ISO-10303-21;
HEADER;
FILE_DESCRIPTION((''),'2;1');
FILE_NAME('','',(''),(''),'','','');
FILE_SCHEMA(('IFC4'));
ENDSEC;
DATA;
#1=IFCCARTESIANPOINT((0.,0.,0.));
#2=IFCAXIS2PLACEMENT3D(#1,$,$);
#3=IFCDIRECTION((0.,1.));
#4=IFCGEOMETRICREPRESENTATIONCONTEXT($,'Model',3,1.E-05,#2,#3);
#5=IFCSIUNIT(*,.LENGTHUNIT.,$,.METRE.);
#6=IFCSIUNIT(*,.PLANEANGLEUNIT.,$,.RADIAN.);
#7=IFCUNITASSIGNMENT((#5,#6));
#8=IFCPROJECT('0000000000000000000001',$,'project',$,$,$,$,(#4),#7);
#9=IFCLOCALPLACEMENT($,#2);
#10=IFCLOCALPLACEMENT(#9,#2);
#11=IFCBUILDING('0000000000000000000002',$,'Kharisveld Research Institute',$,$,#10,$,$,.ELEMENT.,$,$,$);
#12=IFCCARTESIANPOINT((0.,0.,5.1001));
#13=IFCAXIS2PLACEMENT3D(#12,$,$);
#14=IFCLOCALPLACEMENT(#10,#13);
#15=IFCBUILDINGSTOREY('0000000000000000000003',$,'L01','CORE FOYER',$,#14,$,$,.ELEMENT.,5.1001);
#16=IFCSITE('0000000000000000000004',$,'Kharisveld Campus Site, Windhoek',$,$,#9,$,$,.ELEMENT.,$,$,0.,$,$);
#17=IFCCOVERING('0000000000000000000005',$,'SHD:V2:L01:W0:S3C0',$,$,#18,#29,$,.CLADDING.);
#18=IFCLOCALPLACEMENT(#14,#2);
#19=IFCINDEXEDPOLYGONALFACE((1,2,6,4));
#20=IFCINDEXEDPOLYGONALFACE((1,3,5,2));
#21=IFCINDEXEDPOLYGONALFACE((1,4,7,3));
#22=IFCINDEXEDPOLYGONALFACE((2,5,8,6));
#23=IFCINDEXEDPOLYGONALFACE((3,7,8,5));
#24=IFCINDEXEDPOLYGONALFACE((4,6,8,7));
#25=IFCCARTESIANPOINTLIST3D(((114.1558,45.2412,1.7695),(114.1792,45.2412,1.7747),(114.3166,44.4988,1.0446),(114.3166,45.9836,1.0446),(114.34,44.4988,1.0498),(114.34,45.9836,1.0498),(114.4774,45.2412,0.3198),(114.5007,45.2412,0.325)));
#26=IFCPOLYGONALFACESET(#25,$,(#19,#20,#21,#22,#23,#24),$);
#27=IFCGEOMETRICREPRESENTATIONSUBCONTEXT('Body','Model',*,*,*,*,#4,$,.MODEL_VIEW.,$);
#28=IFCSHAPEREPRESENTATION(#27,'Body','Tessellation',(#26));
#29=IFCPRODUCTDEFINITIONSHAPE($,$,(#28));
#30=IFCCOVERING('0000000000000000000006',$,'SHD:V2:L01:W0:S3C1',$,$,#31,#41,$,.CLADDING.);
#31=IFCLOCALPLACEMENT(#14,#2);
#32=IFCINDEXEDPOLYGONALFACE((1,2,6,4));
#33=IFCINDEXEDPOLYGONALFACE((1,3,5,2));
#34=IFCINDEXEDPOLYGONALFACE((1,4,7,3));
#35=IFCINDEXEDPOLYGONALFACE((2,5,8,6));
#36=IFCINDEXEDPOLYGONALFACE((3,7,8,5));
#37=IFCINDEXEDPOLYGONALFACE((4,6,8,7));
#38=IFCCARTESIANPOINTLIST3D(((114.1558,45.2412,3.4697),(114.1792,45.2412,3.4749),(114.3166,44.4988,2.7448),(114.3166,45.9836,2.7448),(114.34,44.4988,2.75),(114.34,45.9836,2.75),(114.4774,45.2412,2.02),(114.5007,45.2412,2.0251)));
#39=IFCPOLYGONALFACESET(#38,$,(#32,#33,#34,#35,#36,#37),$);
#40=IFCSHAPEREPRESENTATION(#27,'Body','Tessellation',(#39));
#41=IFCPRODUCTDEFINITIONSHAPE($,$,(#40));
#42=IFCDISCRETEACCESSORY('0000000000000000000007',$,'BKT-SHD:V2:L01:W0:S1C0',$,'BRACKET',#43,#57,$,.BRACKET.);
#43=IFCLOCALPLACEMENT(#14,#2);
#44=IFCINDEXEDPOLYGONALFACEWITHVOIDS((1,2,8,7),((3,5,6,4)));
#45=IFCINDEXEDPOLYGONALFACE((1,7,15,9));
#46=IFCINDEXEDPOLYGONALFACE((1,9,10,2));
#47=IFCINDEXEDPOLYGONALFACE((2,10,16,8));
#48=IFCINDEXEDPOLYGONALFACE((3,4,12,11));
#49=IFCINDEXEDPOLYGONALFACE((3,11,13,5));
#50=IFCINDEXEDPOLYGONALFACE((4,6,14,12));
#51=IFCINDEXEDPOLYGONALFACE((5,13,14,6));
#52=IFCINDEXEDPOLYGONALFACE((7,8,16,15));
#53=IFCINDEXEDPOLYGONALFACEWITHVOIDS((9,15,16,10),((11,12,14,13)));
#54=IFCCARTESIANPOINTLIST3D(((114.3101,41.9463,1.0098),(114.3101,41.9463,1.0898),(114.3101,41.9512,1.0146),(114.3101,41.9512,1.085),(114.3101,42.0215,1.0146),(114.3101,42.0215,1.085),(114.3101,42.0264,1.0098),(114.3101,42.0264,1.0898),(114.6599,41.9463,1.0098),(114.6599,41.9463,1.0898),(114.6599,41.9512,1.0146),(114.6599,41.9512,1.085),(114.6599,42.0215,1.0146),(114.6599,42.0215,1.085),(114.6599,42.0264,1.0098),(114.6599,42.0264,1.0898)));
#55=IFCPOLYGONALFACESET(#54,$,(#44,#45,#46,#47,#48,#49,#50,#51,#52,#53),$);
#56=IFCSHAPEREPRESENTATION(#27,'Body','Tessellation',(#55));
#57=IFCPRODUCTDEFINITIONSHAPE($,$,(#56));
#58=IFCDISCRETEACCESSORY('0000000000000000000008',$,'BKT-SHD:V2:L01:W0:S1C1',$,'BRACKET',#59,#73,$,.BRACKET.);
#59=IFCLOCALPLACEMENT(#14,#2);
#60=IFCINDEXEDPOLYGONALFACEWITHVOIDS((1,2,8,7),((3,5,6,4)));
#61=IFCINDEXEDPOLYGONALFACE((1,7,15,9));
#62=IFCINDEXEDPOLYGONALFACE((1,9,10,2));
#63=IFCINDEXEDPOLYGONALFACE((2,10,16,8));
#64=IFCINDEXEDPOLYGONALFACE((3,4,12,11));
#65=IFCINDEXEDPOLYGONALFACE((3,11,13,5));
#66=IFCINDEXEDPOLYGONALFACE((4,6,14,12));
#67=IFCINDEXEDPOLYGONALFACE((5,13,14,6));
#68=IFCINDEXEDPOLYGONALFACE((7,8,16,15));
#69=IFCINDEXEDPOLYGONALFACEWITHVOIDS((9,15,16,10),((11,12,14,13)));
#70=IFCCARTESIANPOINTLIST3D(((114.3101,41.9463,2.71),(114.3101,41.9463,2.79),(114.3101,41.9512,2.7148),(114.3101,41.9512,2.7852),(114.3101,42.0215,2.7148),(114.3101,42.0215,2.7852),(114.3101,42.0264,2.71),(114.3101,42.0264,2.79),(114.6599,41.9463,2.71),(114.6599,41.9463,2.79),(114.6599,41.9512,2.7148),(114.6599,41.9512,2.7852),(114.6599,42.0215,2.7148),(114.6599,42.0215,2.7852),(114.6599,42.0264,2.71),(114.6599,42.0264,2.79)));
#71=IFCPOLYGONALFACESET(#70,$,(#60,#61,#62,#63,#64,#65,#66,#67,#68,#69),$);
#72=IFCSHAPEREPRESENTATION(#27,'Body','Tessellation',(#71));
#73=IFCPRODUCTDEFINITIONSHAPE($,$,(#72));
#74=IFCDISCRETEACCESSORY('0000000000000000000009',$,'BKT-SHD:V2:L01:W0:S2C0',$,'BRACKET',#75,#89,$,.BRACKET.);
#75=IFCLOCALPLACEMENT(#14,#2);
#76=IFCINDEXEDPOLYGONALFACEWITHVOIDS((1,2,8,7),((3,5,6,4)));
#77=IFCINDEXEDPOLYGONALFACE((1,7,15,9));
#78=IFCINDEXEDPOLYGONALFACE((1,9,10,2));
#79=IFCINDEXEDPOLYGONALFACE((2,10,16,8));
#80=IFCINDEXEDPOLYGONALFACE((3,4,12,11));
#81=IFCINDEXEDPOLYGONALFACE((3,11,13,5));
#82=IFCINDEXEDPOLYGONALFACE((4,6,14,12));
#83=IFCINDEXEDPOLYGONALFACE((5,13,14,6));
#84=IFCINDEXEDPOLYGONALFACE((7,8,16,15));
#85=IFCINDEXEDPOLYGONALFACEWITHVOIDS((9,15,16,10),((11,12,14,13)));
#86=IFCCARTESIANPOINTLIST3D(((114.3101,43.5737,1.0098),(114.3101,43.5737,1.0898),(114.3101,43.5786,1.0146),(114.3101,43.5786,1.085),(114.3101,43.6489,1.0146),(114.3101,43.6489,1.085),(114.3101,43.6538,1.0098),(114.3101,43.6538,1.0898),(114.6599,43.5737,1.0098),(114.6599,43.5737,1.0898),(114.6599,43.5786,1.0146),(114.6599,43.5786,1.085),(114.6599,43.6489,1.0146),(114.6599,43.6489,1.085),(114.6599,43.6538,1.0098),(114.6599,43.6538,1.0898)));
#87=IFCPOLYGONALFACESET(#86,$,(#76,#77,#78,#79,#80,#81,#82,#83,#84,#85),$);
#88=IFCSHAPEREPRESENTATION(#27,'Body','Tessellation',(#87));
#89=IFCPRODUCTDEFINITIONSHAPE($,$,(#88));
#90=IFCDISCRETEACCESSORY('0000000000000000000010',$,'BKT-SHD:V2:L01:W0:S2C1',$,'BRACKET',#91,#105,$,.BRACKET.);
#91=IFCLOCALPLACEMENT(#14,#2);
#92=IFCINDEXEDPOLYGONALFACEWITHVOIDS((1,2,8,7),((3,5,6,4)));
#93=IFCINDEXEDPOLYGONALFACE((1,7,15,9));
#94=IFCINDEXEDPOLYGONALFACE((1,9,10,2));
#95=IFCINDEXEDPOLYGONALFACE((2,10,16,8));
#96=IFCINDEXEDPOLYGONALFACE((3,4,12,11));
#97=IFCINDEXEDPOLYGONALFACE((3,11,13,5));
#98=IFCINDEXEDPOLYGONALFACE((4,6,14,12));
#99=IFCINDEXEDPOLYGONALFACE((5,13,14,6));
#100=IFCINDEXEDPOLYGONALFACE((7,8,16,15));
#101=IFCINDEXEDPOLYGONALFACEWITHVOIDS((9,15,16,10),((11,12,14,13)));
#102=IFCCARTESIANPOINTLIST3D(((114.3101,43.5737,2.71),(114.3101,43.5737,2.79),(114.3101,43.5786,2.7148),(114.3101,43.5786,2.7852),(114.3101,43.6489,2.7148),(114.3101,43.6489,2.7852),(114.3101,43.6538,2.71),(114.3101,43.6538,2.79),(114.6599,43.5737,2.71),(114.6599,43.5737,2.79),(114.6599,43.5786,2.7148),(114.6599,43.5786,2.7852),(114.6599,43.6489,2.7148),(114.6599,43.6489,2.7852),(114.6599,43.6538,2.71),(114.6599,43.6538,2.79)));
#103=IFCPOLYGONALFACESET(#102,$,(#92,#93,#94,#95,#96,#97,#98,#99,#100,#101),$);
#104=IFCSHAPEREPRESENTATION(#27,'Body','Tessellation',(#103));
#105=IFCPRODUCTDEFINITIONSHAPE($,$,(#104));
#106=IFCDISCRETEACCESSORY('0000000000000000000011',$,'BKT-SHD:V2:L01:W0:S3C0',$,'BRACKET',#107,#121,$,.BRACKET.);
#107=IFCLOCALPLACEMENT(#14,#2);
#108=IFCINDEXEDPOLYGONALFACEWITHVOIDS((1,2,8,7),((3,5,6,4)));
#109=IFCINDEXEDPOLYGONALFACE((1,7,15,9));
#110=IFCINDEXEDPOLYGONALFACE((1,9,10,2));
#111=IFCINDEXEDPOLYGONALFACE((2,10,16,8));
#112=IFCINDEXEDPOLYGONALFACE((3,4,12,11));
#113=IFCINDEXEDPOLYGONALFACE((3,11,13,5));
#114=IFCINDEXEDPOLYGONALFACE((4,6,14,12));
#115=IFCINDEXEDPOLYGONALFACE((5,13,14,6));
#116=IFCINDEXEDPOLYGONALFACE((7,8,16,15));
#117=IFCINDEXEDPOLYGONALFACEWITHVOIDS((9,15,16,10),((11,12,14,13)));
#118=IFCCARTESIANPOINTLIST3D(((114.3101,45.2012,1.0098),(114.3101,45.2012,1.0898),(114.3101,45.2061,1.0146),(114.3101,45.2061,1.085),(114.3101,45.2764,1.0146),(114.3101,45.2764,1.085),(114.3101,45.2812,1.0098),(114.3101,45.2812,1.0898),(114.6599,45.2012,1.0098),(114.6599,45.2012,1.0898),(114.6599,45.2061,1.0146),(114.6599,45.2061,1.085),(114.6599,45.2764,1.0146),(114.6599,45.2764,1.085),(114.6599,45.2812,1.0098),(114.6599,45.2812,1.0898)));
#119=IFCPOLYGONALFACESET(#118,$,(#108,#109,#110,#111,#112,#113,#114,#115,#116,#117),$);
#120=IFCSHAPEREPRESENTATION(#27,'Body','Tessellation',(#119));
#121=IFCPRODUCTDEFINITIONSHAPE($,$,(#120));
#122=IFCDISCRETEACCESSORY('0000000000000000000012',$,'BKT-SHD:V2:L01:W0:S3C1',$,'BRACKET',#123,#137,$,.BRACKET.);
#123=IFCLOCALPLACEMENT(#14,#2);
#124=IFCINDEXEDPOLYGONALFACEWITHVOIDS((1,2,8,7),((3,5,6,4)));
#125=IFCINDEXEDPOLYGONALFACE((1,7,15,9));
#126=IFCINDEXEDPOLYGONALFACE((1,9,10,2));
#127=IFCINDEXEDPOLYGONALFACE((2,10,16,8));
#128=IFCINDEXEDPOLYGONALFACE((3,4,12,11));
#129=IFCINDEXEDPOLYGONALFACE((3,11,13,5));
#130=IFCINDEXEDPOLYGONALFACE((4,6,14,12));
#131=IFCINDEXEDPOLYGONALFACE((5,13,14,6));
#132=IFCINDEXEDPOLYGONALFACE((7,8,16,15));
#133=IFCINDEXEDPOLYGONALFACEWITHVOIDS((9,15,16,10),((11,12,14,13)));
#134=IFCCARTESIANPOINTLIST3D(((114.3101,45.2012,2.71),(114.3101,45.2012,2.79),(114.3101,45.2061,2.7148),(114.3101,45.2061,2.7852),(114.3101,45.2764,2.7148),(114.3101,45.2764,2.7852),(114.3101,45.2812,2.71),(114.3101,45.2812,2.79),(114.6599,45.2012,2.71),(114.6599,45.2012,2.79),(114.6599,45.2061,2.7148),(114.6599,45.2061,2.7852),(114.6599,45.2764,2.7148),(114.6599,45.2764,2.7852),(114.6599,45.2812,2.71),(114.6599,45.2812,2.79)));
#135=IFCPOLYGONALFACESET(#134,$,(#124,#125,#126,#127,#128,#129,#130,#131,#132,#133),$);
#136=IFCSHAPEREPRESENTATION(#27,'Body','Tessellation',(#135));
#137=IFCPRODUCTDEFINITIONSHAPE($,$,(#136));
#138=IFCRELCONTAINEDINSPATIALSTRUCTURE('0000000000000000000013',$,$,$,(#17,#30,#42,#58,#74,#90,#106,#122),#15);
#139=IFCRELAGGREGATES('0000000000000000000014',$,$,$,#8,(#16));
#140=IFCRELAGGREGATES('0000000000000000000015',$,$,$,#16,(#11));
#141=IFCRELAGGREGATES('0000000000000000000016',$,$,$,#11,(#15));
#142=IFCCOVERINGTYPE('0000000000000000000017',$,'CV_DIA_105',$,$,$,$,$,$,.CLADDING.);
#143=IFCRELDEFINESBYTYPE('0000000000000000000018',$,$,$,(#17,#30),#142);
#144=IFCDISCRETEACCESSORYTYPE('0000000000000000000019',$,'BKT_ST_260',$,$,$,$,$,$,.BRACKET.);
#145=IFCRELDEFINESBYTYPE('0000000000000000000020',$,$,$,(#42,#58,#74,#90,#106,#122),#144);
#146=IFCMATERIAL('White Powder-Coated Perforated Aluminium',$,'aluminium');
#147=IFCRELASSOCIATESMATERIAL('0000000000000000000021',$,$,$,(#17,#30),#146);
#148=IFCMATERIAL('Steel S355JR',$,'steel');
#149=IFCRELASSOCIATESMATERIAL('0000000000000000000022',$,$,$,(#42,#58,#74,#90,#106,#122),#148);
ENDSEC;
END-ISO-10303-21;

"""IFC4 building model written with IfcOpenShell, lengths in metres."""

from ifc_helpers import new_model, si_unit, direction, frame, origin, origin_2d, place, context, subcontext, project, spatial, polyline, hollow_rectangle, outline, extrude, material, type_object, element, save


model = new_model("IFC4")

# Units and contexts
model_context = context("Model", 3, precision=1e-05, world=origin(), true_north=direction((0.0, 1.0)))
body_context = subcontext(model_context, "Body", "Model", "MODEL_VIEW")
ifc_project = project(units=[si_unit("LENGTHUNIT", "METRE"), si_unit("PLANEANGLEUNIT", "RADIAN")], contexts=[model_context])

# Site, building, storey
site_placement = place(None, origin())
site = spatial("IfcSite", under=ifc_project, at=site_placement, Name="Kharisveld Campus Site, Windhoek", CompositionType="ELEMENT", RefElevation=0.0)
building_placement = place(site_placement, origin())
building = spatial("IfcBuilding", under=site, at=building_placement, Name="Kharisveld Research Institute", CompositionType="ELEMENT")
storey_placement = place(building_placement, frame((0.0, 0.0, 5.1001)))
storey = spatial("IfcBuildingStorey", under=building, at=storey_placement, Name="L01", Description="CORE FOYER", CompositionType="ELEMENT", Elevation=5.1001)

# Coverings
ifc_material_1 = material(Name="White Powder-Coated Perforated Aluminium", Category="aluminium")
covering_type = type_object("IfcCoveringType", Name="CV_DIA_105", PredefinedType="CLADDING")
for number, where, z_axis, x_axis, name in (
    (1, (114.5007, 45.2412, 0.325), (0.976276, 0.0, 0.21653), (-0.153111, 0.707102, 0.690336), "SHD:V2:L01:W0:S3C0"),
    (2, (114.5007, 45.2412, 2.0251), (0.976276, 0.0, 0.21653), (-0.153111, 0.707102, 0.690336), "SHD:V2:L01:W0:S3C1"),
):
    element("IfcCovering", number, at=place(storey_placement, frame(where, z_axis=z_axis, x_axis=x_axis)), inside=storey, type_object=covering_type, material=ifc_material_1, Name=name, PredefinedType="CLADDING", context=body_context, shape_type="SweptSolid", body=[
        extrude(outline(polyline([(0.0, 0.0), (1.05, 0.0), (1.05, 1.05), (0.0, 1.05), (0.0, 0.0)])), origin(), (0.0, 0.0, -1.0), 0.0239),
    ])

# Discrete accessories
ifc_material_2 = material(Name="Steel S355JR", Category="steel")
discrete_accessory_type = type_object("IfcDiscreteAccessoryType", Name="BKT_ST_260", PredefinedType="BRACKET")
for number, where, z_axis, x_axis, name in (
    (3, (114.6599, 41.9863, 1.0498), (-1.0, 0.0, 0.0), (0.0, -1.0, 0.0), "BKT-SHD:V2:L01:W0:S1C0"),
    (4, (114.6599, 41.9863, 2.75), (-1.0, 0.0, 0.0), (0.0, -1.0, 0.0), "BKT-SHD:V2:L01:W0:S1C1"),
    (5, (114.6599, 43.6138, 1.0498), (-1.0, 0.0, 0.0), (0.0, -1.0, 0.0), "BKT-SHD:V2:L01:W0:S2C0"),
    (6, (114.6599, 43.6138, 2.75), (-1.0, 0.0, 0.0), (0.0, -1.0, 0.0), "BKT-SHD:V2:L01:W0:S2C1"),
    (7, (114.6599, 45.2412, 1.0498), (-1.0, 0.0, 0.0), (0.0, -1.0, 0.0), "BKT-SHD:V2:L01:W0:S3C0"),
    (8, (114.6599, 45.2412, 2.75), (-1.0, 0.0, 0.0), (0.0, -1.0, 0.0), "BKT-SHD:V2:L01:W0:S3C1"),
):
    element("IfcDiscreteAccessory", number, at=place(storey_placement, frame(where, z_axis=z_axis, x_axis=x_axis)), inside=storey, type_object=discrete_accessory_type, material=ifc_material_2, Name=name, ObjectType="BRACKET", PredefinedType="BRACKET", context=body_context, shape_type="SweptSolid", body=[
        extrude(hollow_rectangle(XDim=0.0801, YDim=0.0801, WallThickness=0.0049, at=origin_2d()), origin(), (0.0, 0.0, 1.0), 0.3499),
    ])

save(model, "model.ifc")
